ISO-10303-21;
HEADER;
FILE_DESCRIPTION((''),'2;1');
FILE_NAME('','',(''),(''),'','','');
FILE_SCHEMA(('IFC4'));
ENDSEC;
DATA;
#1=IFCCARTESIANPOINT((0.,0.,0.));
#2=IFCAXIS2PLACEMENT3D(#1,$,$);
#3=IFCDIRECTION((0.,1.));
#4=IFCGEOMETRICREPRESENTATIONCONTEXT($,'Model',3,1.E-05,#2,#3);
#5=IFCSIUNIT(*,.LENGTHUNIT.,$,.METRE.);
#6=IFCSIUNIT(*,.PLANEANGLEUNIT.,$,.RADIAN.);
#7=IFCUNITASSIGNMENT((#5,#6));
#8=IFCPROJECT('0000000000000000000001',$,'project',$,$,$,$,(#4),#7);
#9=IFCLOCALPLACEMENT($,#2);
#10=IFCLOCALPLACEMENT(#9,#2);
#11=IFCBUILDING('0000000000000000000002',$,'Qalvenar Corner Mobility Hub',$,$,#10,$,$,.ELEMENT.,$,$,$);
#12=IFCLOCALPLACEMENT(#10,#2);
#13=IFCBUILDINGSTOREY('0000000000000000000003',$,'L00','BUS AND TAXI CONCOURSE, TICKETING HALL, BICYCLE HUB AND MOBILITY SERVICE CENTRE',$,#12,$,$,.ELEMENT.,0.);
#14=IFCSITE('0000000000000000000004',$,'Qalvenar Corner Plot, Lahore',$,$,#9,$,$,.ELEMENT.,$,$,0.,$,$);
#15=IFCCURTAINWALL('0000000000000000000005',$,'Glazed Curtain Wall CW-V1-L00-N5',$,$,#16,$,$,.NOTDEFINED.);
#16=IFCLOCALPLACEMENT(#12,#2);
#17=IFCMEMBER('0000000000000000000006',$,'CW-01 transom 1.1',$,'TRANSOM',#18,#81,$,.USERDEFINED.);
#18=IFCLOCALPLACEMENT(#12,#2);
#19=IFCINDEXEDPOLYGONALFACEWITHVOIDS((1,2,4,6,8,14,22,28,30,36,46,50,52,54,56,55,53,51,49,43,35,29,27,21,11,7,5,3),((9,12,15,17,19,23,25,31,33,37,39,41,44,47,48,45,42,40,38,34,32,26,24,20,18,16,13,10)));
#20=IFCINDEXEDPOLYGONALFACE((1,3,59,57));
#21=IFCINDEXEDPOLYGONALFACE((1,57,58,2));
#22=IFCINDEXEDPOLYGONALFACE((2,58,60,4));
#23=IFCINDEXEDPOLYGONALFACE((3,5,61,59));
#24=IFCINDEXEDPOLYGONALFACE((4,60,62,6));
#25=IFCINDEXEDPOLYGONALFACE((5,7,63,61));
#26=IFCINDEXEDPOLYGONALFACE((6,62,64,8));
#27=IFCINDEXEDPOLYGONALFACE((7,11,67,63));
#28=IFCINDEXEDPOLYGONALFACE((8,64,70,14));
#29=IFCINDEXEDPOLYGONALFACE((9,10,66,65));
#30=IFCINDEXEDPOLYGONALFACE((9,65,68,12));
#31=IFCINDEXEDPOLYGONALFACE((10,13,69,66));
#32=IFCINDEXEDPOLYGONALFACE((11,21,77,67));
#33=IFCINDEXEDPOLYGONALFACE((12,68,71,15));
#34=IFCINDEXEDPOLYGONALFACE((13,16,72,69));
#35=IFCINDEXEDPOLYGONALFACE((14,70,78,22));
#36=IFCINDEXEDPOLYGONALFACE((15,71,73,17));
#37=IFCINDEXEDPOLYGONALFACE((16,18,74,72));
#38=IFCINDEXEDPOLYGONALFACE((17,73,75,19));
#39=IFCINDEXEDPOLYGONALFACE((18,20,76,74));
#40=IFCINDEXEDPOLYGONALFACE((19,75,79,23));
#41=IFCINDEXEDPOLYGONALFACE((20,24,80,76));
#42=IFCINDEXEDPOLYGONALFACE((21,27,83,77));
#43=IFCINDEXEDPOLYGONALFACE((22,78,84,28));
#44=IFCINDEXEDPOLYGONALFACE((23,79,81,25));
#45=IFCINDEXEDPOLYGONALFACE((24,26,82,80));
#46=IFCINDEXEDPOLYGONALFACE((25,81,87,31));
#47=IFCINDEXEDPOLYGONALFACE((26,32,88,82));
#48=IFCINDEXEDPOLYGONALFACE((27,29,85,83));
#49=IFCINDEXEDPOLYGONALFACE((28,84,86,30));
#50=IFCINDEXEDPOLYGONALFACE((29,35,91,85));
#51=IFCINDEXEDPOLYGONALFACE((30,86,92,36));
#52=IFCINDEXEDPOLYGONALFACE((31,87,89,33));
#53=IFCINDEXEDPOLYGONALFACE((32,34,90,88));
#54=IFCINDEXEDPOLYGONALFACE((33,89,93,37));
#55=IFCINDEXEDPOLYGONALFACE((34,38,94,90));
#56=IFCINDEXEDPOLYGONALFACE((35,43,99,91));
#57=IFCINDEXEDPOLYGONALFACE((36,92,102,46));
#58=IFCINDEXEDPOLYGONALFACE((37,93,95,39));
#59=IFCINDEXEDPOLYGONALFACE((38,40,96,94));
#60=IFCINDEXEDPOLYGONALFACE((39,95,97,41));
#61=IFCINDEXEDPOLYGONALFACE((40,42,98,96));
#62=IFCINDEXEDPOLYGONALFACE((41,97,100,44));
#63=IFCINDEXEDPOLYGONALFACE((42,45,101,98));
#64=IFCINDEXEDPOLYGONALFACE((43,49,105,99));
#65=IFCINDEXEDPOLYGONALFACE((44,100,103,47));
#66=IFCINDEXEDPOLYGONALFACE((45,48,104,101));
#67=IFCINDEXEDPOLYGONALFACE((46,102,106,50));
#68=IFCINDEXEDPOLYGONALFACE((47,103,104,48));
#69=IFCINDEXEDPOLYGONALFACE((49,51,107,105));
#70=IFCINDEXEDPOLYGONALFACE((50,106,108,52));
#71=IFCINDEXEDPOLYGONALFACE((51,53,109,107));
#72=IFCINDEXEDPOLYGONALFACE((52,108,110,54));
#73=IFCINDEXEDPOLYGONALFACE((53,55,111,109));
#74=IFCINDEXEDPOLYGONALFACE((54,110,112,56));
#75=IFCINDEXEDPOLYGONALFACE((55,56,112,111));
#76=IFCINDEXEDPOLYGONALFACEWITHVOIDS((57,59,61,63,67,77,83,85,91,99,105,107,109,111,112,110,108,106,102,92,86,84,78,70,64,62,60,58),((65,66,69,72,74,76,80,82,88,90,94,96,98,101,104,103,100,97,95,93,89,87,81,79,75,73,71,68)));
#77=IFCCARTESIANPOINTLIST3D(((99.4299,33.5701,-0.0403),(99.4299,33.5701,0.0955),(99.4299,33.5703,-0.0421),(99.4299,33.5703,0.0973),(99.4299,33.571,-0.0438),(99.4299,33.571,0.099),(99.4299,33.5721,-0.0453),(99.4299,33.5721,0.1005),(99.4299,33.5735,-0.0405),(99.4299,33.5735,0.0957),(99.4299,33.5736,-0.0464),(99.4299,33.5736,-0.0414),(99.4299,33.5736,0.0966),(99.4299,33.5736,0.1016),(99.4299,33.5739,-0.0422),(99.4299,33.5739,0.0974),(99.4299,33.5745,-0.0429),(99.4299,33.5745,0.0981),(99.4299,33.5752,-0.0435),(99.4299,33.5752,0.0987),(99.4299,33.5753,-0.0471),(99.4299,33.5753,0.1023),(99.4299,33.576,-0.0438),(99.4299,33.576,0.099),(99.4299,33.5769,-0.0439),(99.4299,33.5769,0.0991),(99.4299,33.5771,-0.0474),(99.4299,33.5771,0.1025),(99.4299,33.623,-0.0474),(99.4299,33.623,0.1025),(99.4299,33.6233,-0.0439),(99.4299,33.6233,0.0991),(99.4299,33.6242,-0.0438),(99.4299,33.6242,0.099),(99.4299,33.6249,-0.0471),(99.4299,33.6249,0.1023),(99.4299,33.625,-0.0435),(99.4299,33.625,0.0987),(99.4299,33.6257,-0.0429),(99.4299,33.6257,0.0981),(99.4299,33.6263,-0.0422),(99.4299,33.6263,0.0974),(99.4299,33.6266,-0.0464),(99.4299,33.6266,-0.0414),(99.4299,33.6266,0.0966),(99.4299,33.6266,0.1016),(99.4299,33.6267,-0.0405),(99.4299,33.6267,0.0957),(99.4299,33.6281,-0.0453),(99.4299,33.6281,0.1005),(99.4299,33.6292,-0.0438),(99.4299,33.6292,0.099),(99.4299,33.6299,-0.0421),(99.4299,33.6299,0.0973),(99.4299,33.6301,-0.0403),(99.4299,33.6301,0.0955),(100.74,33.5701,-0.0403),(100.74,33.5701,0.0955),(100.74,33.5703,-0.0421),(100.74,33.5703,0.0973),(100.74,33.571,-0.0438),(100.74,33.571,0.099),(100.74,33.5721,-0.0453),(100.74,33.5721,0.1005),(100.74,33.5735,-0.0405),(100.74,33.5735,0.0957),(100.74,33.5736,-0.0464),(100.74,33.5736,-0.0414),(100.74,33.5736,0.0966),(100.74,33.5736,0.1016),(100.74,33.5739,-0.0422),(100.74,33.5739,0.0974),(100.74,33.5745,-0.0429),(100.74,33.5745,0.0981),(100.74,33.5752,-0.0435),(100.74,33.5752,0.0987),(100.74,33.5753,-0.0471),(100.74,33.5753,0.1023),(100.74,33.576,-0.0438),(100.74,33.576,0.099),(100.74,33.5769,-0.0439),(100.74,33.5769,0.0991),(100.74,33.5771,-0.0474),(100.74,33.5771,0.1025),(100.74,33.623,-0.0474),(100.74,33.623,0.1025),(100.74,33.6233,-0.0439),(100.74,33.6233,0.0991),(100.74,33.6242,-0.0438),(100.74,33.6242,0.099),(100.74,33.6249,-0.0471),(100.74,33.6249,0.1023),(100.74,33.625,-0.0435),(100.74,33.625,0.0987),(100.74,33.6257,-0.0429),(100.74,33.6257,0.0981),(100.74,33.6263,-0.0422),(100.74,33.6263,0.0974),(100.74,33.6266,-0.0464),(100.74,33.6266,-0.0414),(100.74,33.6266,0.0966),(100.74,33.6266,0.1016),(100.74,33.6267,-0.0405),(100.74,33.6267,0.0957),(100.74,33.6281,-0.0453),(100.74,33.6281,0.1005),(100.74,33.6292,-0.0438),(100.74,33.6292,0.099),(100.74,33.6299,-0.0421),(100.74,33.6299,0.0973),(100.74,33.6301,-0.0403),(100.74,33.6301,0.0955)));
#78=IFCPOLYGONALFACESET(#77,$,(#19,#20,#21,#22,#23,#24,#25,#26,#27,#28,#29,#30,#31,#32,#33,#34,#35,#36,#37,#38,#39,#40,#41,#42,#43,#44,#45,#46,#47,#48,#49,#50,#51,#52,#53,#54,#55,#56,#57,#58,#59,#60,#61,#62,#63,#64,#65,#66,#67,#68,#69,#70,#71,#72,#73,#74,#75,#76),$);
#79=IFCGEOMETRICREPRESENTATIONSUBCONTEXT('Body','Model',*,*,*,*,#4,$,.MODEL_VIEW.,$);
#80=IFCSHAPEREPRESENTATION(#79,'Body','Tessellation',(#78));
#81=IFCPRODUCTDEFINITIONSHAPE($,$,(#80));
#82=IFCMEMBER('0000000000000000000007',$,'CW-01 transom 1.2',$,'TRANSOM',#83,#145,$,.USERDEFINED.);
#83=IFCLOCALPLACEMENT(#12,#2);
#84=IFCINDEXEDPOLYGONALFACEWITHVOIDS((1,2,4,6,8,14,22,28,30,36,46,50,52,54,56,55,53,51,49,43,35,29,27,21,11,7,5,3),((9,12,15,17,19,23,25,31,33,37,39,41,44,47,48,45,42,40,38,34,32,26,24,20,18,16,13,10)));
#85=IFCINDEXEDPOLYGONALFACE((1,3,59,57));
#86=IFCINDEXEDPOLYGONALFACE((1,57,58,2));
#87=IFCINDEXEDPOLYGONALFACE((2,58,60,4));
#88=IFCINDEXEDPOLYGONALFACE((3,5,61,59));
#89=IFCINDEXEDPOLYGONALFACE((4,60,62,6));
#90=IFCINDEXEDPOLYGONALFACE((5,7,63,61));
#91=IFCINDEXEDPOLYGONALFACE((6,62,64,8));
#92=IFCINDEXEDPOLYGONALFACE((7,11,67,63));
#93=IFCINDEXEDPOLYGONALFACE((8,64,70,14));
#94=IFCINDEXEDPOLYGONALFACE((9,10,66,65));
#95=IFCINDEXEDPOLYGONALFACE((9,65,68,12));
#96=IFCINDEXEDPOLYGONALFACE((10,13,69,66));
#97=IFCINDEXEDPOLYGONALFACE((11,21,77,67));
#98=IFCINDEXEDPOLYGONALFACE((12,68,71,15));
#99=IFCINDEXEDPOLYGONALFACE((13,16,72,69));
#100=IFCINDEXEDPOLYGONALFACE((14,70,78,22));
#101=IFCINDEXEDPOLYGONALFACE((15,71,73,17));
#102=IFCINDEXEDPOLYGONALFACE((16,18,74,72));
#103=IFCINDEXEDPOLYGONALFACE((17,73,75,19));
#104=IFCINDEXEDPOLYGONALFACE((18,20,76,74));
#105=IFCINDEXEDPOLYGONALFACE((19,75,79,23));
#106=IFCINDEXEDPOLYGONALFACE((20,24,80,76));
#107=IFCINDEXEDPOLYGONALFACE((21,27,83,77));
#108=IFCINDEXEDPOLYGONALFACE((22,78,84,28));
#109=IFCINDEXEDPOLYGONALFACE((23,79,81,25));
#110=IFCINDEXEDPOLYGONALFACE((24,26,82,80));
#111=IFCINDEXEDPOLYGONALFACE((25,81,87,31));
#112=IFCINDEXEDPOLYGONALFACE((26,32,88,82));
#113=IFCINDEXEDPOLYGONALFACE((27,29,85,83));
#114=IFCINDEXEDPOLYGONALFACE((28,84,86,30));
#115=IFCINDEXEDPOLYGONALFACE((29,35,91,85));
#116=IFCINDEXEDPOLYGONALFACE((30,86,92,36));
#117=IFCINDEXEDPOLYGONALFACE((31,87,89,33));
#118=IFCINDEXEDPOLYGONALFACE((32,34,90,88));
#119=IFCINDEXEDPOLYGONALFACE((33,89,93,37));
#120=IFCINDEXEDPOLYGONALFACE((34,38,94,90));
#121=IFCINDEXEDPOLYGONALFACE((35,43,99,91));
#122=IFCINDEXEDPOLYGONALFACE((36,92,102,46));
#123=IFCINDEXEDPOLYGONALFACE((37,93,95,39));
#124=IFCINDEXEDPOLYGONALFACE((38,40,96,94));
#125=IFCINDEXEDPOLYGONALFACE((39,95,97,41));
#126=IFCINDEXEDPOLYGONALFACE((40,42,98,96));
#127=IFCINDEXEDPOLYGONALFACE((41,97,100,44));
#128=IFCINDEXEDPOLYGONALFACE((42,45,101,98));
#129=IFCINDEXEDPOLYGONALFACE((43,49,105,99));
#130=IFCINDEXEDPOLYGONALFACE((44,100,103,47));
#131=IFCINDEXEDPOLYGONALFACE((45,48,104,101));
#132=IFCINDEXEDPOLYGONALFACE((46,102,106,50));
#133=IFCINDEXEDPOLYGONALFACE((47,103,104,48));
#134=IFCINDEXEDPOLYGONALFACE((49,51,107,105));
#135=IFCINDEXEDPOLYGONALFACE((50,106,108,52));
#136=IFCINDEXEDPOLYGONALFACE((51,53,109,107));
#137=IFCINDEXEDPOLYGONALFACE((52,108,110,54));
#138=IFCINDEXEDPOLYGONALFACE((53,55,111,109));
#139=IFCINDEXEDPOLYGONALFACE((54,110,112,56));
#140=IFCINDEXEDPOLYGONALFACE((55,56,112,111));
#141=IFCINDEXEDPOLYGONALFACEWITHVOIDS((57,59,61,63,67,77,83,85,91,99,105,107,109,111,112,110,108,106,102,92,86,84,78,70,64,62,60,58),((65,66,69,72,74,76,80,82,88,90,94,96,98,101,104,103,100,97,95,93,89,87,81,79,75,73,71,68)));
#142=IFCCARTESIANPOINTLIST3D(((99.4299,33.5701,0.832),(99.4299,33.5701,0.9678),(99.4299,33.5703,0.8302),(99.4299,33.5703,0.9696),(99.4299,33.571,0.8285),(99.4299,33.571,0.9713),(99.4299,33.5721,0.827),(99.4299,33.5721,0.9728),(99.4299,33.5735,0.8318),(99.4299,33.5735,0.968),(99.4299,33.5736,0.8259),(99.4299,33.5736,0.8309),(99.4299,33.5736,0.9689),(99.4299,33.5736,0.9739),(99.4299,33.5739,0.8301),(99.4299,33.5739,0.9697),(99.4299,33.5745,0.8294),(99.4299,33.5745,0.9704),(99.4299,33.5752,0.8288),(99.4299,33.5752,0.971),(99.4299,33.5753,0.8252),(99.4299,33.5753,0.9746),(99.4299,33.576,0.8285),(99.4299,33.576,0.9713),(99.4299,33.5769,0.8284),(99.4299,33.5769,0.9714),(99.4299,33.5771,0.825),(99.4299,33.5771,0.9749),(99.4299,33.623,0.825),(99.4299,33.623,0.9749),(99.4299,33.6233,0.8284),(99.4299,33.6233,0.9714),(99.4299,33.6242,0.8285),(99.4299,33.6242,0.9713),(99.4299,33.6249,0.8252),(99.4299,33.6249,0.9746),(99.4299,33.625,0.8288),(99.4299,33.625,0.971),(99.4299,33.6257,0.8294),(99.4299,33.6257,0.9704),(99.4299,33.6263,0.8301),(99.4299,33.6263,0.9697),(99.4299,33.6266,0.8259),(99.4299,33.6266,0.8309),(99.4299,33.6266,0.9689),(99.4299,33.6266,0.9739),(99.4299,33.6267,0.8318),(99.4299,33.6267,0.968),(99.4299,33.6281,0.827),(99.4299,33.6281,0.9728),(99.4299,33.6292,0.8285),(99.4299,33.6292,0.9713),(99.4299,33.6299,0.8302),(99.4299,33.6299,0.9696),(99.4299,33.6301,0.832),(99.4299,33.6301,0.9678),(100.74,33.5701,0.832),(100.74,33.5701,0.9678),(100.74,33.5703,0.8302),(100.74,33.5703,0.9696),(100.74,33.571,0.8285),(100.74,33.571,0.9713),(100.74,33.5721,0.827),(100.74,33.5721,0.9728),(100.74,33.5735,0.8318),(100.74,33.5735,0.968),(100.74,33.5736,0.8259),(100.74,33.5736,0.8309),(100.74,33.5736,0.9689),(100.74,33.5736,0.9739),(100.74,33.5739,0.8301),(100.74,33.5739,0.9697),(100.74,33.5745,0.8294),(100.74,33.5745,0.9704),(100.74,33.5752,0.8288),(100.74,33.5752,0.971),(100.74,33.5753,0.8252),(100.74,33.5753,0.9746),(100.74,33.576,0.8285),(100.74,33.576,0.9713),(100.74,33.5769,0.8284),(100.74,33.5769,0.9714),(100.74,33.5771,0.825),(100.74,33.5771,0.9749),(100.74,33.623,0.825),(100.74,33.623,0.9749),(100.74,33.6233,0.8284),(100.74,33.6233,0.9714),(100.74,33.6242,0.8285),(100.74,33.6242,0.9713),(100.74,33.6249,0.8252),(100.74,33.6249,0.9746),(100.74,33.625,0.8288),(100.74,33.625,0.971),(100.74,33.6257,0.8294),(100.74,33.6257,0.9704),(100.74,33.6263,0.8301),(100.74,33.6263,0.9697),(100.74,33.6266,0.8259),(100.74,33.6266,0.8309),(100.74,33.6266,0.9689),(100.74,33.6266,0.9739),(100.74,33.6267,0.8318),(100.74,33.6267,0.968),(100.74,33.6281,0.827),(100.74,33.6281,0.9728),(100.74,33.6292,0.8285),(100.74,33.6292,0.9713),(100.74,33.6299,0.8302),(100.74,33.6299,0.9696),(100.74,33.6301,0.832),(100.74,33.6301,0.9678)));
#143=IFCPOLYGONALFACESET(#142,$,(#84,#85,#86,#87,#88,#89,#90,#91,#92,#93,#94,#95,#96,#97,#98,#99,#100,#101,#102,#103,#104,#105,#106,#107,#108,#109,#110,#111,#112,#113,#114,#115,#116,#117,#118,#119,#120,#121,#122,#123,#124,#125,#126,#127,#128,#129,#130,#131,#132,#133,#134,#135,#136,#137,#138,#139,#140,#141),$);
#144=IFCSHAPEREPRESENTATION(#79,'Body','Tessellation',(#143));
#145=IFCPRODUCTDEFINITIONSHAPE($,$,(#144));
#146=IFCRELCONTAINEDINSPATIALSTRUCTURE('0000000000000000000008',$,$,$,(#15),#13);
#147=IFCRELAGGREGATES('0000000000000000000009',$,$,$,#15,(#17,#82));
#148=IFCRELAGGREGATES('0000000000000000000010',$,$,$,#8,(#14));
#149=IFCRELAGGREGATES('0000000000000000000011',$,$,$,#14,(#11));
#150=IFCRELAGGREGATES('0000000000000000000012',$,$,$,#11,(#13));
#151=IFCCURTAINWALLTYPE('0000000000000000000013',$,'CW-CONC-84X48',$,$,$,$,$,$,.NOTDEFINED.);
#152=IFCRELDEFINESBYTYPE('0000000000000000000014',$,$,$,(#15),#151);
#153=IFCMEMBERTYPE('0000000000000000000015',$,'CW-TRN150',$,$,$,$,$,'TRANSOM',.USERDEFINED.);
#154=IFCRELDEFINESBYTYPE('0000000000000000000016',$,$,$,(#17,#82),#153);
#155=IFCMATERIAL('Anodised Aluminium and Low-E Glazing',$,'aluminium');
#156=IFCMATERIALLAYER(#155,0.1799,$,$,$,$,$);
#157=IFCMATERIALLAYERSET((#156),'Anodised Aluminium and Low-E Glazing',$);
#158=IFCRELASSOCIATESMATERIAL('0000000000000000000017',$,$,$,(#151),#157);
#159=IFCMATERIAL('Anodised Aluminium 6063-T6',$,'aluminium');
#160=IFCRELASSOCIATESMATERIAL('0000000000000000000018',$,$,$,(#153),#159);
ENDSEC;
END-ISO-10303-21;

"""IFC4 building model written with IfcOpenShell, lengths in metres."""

from ifc_helpers import new_model, si_unit, direction, frame, origin, origin_2d, place, context, subcontext, project, spatial, hollow_rectangle, extrude, material, layer, layer_set, material_profile, profile_set, type_object, element, aggregate, save


model = new_model("IFC4")

# Units and contexts
model_context = context("Model", 3, precision=1e-05, world=origin(), true_north=direction((0.0, 1.0)))
body_context = subcontext(model_context, "Body", "Model", "MODEL_VIEW")
ifc_project = project(units=[si_unit("LENGTHUNIT", "METRE"), si_unit("PLANEANGLEUNIT", "RADIAN")], contexts=[model_context])

# Site, building, storey
site_placement = place(None, origin())
site = spatial("IfcSite", under=ifc_project, at=site_placement, Name="Qalvenar Corner Plot, Lahore", CompositionType="ELEMENT", RefElevation=0.0)
building_placement = place(site_placement, origin())
building = spatial("IfcBuilding", under=site, at=building_placement, Name="Qalvenar Corner Mobility Hub", CompositionType="ELEMENT")
storey_placement = place(building_placement, origin())
storey = spatial("IfcBuildingStorey", under=building, at=storey_placement, Name="L00", Description="BUS AND TAXI CONCOURSE, TICKETING HALL, BICYCLE HUB AND MOBILITY SERVICE CENTRE", CompositionType="ELEMENT", Elevation=0.0)

# Curtain wall
ifc_material_1 = material(Name="Anodised Aluminium and Low-E Glazing", Category="aluminium")
ifc_material_2 = material(Name="Anodised Aluminium 6063-T6", Category="aluminium")
ifc_layer_1 = layer(ifc_material_1, 0.1799)
ifc_layer_set_1 = layer_set([ifc_layer_1], Name="Anodised Aluminium and Low-E Glazing")
curtain_wall_type_1 = type_object("IfcCurtainWallType", Name="CW-CONC-84X48", PredefinedType="NOTDEFINED", material=ifc_layer_set_1)
curtain_wall_1_placement = place(storey_placement, origin())
curtain_wall_1 = element("IfcCurtainWall", 1, at=curtain_wall_1_placement, inside=storey, type_object=curtain_wall_type_1, Name="Glazed Curtain Wall CW-V1-L00-N5", PredefinedType="NOTDEFINED")

# Members
ifc_material_profile_1 = material_profile(ifc_material_2, hollow_rectangle(XDim=0.0601, YDim=0.1499, WallThickness=0.0034, InnerFilletRadius=0.0034, OuterFilletRadius=0.0071, at=origin_2d()), Name="RHS150x60x3.5")
ifc_profile_set_1 = profile_set([ifc_material_profile_1], Name="Anodised Aluminium 6063-T6")
member_type_1 = type_object("IfcMemberType", Name="CW-TRN150", ElementType="TRANSOM", PredefinedType="USERDEFINED", material=ifc_profile_set_1)
member_1_placement = place(storey_placement, frame((100.74, 33.6001, 0.0276), z_axis=(-1.0, 0.0, 0.0), x_axis=(0.0, -1.0, 0.0)))
member_1 = element("IfcMember", 2, at=member_1_placement, type_object=member_type_1, Name="CW-01 transom 1.1", ObjectType="TRANSOM", PredefinedType="USERDEFINED", context=body_context, shape_type="SweptSolid", body=[
    extrude(hollow_rectangle(XDim=0.0601, YDim=0.1499, WallThickness=0.0034, InnerFilletRadius=0.0034, OuterFilletRadius=0.0071, at=origin_2d()), origin(), (0.0, 0.0, 1.0), 1.3101),
])
member_2_placement = place(storey_placement, frame((100.74, 33.6001, 0.8999), z_axis=(-1.0, 0.0, 0.0), x_axis=(0.0, -1.0, 0.0)))
member_2 = element("IfcMember", 3, at=member_2_placement, type_object=member_type_1, Name="CW-01 transom 1.2", ObjectType="TRANSOM", PredefinedType="USERDEFINED", context=body_context, shape_type="SweptSolid", body=[
    extrude(hollow_rectangle(XDim=0.0601, YDim=0.1499, WallThickness=0.0034, InnerFilletRadius=0.0034, OuterFilletRadius=0.0071, at=origin_2d()), origin(), (0.0, 0.0, 1.0), 1.3101),
])

aggregate(curtain_wall_1, [member_1, member_2])

save(model, "model.ifc")
